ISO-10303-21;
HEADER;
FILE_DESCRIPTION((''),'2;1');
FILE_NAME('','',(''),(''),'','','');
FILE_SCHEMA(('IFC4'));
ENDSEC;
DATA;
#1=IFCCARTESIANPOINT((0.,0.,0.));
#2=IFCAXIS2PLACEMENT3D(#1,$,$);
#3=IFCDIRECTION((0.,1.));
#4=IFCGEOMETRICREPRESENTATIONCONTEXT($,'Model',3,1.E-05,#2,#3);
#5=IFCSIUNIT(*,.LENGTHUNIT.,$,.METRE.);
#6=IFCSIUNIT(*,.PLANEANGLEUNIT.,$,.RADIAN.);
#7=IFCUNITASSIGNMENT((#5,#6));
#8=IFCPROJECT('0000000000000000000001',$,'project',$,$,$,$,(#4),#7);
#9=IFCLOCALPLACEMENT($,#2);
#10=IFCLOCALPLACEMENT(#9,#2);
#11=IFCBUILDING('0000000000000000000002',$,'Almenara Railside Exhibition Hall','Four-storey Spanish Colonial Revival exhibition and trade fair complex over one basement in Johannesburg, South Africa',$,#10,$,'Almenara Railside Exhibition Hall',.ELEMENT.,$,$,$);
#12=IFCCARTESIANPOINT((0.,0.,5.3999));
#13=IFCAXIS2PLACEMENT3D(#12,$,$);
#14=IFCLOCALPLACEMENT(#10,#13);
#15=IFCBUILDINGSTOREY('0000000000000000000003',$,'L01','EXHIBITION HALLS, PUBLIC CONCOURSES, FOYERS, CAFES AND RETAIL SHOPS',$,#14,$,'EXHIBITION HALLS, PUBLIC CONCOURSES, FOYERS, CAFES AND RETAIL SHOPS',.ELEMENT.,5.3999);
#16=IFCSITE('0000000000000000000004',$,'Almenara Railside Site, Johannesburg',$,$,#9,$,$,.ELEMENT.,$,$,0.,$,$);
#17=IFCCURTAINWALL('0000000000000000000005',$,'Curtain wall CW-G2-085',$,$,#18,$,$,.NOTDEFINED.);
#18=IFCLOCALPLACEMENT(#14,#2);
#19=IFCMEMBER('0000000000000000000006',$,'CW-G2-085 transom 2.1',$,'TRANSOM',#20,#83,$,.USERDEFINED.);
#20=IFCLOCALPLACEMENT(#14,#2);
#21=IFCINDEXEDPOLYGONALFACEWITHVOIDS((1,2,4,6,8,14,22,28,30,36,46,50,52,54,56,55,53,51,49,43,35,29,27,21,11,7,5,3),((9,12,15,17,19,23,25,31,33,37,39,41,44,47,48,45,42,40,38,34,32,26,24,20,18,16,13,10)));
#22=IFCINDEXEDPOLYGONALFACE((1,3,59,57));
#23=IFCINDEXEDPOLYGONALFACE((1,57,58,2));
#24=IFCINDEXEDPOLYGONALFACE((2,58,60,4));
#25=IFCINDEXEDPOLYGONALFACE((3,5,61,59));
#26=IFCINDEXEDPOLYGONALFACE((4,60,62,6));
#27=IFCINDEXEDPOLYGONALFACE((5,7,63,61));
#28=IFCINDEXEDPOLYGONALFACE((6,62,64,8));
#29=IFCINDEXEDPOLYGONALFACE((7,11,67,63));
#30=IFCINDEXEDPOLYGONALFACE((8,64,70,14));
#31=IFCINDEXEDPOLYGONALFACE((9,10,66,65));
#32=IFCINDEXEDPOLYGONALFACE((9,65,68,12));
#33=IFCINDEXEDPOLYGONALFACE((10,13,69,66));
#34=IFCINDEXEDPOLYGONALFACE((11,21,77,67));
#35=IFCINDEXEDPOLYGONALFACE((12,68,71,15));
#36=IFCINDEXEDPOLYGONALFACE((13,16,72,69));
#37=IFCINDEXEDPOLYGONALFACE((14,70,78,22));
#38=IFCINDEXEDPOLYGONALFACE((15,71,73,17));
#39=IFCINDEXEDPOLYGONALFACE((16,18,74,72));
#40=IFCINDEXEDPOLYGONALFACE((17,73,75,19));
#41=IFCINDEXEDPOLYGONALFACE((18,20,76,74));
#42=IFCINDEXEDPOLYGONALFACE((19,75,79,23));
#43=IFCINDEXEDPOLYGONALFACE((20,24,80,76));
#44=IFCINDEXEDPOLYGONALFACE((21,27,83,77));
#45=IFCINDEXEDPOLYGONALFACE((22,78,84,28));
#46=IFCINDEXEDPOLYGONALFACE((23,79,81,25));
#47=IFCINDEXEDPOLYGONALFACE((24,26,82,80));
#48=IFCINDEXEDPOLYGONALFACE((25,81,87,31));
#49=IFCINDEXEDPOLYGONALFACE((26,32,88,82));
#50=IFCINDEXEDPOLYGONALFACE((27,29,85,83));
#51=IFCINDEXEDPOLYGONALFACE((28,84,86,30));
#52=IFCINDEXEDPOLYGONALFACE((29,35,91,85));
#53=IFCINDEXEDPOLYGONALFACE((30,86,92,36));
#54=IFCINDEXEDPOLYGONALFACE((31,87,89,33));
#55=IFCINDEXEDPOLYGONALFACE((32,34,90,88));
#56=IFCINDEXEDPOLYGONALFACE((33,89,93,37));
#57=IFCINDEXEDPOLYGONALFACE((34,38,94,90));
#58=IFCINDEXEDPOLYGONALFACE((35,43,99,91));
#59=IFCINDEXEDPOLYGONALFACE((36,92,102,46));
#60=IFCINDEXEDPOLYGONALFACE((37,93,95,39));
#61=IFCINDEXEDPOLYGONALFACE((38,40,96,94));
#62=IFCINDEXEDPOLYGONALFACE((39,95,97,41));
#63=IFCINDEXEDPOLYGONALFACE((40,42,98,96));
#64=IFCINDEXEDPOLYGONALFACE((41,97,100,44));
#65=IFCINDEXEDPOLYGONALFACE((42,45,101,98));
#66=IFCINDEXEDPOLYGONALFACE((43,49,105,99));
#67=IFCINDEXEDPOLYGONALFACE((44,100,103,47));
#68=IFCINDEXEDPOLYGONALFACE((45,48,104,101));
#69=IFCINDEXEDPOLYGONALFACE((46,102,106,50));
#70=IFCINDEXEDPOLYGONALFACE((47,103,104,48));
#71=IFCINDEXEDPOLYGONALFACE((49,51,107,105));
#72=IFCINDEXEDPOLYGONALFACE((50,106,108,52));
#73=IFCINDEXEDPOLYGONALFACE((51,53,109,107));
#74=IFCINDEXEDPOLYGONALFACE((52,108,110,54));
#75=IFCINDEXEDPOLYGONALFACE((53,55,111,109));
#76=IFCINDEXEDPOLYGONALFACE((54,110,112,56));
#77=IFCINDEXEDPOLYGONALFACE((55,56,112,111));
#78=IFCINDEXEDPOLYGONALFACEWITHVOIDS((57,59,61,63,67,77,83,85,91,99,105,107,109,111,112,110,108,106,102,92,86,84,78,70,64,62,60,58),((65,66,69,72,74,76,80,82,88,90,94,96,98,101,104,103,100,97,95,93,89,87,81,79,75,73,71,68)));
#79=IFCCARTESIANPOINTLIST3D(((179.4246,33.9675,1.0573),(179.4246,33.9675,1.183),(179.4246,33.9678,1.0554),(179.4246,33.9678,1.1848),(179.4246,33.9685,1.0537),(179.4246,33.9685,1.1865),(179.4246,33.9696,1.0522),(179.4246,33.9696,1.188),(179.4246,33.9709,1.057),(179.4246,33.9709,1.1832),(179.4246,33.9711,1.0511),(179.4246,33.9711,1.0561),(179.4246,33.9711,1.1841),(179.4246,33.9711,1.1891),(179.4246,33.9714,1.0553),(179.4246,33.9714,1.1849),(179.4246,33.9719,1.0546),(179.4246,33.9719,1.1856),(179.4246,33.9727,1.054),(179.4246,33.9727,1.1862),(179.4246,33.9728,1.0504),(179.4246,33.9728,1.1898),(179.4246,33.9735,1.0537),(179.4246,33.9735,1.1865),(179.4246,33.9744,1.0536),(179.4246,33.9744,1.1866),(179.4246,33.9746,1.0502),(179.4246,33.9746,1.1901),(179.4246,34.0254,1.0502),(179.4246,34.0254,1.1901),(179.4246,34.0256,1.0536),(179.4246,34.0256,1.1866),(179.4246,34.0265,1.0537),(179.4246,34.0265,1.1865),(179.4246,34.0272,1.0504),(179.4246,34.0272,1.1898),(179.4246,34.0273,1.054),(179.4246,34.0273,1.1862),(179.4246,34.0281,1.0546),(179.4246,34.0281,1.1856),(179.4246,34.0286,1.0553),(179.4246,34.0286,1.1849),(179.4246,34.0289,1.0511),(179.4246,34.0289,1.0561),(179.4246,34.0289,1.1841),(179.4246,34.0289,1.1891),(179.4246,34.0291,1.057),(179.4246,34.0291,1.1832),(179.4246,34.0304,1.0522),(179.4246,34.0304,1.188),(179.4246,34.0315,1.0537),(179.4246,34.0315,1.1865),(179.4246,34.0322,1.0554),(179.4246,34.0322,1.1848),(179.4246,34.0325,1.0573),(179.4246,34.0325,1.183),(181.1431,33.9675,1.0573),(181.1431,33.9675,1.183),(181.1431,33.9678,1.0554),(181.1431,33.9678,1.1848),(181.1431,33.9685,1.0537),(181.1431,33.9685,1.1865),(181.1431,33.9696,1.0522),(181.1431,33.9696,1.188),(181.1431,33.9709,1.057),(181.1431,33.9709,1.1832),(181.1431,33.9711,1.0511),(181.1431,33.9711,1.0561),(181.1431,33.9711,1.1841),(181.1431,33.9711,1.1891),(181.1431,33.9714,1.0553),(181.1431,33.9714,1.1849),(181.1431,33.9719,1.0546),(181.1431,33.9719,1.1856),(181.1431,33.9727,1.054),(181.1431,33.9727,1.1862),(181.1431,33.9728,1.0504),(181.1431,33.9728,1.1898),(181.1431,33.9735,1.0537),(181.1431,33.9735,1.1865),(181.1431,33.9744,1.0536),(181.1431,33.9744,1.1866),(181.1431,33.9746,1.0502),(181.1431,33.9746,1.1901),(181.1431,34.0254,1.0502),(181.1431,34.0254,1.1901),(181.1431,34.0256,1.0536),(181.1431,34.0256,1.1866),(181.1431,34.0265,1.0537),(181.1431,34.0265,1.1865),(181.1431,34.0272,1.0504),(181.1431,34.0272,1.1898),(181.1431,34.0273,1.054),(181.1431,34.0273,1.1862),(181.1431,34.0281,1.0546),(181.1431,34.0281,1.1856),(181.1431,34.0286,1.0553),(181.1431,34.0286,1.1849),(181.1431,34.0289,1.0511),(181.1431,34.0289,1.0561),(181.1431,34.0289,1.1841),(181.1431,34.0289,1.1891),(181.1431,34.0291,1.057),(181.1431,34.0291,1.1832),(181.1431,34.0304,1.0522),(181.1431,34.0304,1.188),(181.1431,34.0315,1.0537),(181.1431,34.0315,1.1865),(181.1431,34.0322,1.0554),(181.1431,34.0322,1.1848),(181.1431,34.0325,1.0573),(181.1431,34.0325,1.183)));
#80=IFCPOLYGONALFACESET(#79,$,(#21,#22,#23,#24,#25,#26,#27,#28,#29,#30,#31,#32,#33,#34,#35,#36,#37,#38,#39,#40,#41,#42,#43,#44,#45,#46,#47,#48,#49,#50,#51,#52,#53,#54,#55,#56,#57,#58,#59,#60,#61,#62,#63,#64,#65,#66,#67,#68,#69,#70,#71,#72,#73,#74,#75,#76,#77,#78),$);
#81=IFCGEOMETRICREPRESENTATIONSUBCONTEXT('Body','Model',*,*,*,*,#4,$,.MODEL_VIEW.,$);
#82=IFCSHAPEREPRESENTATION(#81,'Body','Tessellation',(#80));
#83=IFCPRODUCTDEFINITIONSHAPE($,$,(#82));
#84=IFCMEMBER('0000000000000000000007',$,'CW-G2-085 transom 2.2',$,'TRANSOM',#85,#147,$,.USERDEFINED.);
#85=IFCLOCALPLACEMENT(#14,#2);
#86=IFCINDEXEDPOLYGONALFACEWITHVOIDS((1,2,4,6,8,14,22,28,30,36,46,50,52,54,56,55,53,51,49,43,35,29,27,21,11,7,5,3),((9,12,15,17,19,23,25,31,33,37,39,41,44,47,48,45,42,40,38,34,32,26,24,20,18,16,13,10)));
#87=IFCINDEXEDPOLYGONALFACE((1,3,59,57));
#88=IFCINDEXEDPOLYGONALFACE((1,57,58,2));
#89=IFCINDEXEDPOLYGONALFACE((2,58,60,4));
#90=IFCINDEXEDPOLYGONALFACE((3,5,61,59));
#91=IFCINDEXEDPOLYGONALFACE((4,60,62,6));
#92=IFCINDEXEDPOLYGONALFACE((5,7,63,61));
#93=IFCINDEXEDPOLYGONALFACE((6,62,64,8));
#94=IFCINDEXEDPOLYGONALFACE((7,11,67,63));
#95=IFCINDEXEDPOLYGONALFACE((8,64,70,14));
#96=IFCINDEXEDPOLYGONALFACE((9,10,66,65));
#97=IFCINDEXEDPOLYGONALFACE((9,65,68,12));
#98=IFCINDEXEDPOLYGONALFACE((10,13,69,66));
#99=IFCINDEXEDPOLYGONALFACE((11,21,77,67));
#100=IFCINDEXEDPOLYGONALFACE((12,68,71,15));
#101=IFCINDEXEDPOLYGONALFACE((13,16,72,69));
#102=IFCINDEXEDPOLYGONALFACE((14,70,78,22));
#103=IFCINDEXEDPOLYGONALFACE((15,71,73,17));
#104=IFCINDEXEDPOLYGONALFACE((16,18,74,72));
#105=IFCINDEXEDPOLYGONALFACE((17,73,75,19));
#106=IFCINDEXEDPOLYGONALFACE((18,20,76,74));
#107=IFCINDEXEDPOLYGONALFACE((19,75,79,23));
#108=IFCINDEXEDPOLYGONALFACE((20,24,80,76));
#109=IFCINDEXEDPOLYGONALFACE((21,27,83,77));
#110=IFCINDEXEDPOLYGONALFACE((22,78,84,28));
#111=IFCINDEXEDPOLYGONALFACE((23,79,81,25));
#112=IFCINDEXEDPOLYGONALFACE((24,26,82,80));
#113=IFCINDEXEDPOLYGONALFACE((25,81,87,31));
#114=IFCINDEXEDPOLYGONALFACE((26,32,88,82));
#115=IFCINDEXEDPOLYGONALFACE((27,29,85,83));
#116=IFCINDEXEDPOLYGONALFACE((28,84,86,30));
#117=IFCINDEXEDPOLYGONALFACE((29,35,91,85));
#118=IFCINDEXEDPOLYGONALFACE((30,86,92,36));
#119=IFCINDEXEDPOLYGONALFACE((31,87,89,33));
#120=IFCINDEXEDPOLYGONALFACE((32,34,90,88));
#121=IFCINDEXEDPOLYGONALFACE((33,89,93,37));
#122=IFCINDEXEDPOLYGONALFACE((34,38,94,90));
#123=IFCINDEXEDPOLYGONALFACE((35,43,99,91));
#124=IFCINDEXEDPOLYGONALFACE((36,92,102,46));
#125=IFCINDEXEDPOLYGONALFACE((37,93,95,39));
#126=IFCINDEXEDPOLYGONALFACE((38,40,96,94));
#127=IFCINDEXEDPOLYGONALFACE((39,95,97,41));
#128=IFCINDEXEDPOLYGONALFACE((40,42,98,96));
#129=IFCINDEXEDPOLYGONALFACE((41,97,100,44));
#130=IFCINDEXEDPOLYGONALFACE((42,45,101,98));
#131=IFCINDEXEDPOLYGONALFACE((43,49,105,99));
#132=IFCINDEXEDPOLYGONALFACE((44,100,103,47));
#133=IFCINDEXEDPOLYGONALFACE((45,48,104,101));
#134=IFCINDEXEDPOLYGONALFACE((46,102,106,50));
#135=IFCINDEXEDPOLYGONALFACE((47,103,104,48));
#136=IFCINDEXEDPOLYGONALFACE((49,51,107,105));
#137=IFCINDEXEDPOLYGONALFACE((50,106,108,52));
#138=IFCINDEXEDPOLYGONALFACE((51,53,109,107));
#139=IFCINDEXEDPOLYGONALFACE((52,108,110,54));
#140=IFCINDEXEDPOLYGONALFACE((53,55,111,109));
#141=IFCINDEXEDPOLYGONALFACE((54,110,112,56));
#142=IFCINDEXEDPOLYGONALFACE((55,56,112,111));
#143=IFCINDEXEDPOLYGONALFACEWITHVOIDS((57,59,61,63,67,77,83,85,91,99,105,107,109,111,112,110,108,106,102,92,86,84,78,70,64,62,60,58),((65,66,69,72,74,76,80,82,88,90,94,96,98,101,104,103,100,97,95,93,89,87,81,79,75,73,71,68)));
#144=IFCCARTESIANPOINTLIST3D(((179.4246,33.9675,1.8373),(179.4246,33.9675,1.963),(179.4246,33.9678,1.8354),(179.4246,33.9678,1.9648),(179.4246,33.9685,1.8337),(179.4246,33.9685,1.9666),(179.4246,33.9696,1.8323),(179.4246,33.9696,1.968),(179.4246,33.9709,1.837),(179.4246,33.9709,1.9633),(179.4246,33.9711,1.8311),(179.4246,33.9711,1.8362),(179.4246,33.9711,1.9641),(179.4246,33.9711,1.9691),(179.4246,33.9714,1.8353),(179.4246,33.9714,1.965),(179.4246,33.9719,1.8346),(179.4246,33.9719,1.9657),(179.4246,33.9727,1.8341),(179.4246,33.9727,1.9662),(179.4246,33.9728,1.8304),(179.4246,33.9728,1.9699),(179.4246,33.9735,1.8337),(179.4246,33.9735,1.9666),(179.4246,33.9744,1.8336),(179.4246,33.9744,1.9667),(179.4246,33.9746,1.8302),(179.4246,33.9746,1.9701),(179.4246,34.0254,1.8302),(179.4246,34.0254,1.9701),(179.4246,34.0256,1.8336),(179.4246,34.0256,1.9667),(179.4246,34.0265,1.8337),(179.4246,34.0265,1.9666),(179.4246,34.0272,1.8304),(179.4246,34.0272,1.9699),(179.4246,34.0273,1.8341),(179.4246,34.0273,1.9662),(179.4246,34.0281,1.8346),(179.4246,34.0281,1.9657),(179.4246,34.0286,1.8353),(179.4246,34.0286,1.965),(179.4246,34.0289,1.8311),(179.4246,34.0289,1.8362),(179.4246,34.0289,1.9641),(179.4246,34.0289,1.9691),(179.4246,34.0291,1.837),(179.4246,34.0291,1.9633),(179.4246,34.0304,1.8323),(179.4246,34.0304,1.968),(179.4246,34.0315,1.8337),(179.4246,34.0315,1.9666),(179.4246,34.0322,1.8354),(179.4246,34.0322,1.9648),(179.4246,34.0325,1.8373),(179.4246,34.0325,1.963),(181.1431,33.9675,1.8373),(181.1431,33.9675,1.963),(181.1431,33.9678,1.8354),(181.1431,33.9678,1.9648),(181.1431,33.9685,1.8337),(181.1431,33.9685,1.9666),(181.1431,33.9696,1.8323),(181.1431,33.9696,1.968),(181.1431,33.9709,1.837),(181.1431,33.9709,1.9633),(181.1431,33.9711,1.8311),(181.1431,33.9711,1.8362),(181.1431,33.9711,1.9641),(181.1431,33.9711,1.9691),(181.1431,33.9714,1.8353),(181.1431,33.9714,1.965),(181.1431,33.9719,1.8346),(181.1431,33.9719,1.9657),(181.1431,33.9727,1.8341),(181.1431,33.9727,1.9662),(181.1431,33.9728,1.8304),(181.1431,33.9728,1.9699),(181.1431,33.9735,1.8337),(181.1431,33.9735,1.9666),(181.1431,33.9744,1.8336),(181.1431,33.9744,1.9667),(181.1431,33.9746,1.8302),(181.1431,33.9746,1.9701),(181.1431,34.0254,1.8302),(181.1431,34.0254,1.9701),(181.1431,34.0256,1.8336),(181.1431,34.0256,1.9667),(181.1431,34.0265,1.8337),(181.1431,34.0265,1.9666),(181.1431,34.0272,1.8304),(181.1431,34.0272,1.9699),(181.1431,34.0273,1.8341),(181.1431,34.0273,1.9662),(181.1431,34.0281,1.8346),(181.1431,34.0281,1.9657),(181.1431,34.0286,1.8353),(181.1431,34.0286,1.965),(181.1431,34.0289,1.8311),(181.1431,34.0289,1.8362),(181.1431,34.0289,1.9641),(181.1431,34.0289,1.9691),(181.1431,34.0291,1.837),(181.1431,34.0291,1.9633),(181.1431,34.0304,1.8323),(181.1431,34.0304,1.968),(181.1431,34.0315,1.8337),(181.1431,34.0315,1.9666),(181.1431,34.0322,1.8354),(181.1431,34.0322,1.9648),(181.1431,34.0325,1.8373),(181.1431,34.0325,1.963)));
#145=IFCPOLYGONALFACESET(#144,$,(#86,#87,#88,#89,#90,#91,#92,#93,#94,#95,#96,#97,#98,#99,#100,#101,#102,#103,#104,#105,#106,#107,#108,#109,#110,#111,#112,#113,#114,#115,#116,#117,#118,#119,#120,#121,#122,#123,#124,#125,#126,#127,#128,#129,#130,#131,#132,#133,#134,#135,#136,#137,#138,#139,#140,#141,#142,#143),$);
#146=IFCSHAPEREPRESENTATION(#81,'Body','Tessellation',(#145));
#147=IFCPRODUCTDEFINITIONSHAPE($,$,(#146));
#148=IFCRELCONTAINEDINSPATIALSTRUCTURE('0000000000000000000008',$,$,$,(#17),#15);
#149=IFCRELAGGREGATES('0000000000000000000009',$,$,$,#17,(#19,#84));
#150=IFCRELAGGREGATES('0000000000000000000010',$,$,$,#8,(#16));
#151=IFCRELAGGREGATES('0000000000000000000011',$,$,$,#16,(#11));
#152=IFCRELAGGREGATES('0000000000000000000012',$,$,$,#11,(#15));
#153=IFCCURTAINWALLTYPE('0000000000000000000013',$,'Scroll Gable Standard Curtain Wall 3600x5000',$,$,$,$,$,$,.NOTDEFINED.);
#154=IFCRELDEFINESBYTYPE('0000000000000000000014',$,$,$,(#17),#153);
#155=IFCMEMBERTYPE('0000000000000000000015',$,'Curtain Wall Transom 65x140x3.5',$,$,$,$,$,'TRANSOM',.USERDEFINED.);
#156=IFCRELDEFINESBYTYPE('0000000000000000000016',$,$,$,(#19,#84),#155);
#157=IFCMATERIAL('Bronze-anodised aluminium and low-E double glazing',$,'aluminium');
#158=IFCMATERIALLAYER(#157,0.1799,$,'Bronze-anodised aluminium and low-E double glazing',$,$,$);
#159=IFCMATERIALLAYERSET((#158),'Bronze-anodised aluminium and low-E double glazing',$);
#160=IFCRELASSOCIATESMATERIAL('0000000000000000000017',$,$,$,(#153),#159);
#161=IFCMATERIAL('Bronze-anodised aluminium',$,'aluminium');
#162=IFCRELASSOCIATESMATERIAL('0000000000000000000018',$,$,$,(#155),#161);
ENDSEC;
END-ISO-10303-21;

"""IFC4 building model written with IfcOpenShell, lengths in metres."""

from ifc_helpers import new_model, si_unit, direction, frame, origin, origin_2d, place, context, subcontext, project, spatial, hollow_rectangle, extrude, material, layer, layer_set, material_profile, profile_set, type_object, element, aggregate, save


model = new_model("IFC4")

# Units and contexts
model_context = context("Model", 3, precision=1e-05, world=origin(), true_north=direction((0.0, 1.0)))
body_context = subcontext(model_context, "Body", "Model", "MODEL_VIEW")
ifc_project = project(units=[si_unit("LENGTHUNIT", "METRE"), si_unit("PLANEANGLEUNIT", "RADIAN")], contexts=[model_context])

# Site, building, storey
site_placement = place(None, origin())
site = spatial("IfcSite", under=ifc_project, at=site_placement, Name="Almenara Railside Site, Johannesburg", CompositionType="ELEMENT", RefElevation=0.0)
building_placement = place(site_placement, origin())
building = spatial("IfcBuilding", under=site, at=building_placement, Name="Almenara Railside Exhibition Hall", Description="Four-storey Spanish Colonial Revival exhibition and trade fair complex over one basement in Johannesburg, South Africa", LongName="Almenara Railside Exhibition Hall", CompositionType="ELEMENT")
storey_placement = place(building_placement, frame((0.0, 0.0, 5.3999)))
storey = spatial("IfcBuildingStorey", under=building, at=storey_placement, Name="L01", Description="EXHIBITION HALLS, PUBLIC CONCOURSES, FOYERS, CAFES AND RETAIL SHOPS", LongName="EXHIBITION HALLS, PUBLIC CONCOURSES, FOYERS, CAFES AND RETAIL SHOPS", CompositionType="ELEMENT", Elevation=5.3999)

# Curtain wall
ifc_material_1 = material(Name="Bronze-anodised aluminium and low-E double glazing", Category="aluminium")
ifc_material_2 = material(Name="Bronze-anodised aluminium", Category="aluminium")
ifc_layer_1 = layer(ifc_material_1, 0.1799, Name="Bronze-anodised aluminium and low-E double glazing")
ifc_layer_set_1 = layer_set([ifc_layer_1], Name="Bronze-anodised aluminium and low-E double glazing")
curtain_wall_type_1 = type_object("IfcCurtainWallType", Name="Scroll Gable Standard Curtain Wall 3600x5000", PredefinedType="NOTDEFINED", material=ifc_layer_set_1)
curtain_wall_1_placement = place(storey_placement, origin())
curtain_wall_1 = element("IfcCurtainWall", 1, at=curtain_wall_1_placement, inside=storey, type_object=curtain_wall_type_1, Name="Curtain wall CW-G2-085", PredefinedType="NOTDEFINED")

# Members
ifc_material_profile_1 = material_profile(ifc_material_2, hollow_rectangle(XDim=0.0649, YDim=0.1399, WallThickness=0.0034, InnerFilletRadius=0.0034, OuterFilletRadius=0.0071, at=origin_2d()), Name="ALU-TRN 65x140x3.5")
ifc_profile_set_1 = profile_set([ifc_material_profile_1], Name="Bronze-anodised aluminium")
member_type_1 = type_object("IfcMemberType", Name="Curtain Wall Transom 65x140x3.5", ElementType="TRANSOM", PredefinedType="USERDEFINED", material=ifc_profile_set_1)
member_1_placement = place(storey_placement, frame((179.4246, 34.0, 1.1201), z_axis=(1.0, 0.0, 0.0), x_axis=(0.0, 1.0, 0.0)))
member_1 = element("IfcMember", 2, at=member_1_placement, type_object=member_type_1, Name="CW-G2-085 transom 2.1", ObjectType="TRANSOM", PredefinedType="USERDEFINED", context=body_context, shape_type="SweptSolid", body=[
    extrude(hollow_rectangle(XDim=0.0649, YDim=0.1399, WallThickness=0.0034, InnerFilletRadius=0.0034, OuterFilletRadius=0.0071, at=origin_2d()), origin(), (0.0, 0.0, 1.0), 1.7185),
])
member_2_placement = place(storey_placement, frame((179.4246, 34.0, 1.9001), z_axis=(1.0, 0.0, 0.0), x_axis=(0.0, 1.0, 0.0)))
member_2 = element("IfcMember", 3, at=member_2_placement, type_object=member_type_1, Name="CW-G2-085 transom 2.2", ObjectType="TRANSOM", PredefinedType="USERDEFINED", context=body_context, shape_type="SweptSolid", body=[
    extrude(hollow_rectangle(XDim=0.0649, YDim=0.1399, WallThickness=0.0034, InnerFilletRadius=0.0034, OuterFilletRadius=0.0071, at=origin_2d()), origin(), (0.0, 0.0, 1.0), 1.7185),
])

aggregate(curtain_wall_1, [member_1, member_2])

save(model, "model.ifc")
